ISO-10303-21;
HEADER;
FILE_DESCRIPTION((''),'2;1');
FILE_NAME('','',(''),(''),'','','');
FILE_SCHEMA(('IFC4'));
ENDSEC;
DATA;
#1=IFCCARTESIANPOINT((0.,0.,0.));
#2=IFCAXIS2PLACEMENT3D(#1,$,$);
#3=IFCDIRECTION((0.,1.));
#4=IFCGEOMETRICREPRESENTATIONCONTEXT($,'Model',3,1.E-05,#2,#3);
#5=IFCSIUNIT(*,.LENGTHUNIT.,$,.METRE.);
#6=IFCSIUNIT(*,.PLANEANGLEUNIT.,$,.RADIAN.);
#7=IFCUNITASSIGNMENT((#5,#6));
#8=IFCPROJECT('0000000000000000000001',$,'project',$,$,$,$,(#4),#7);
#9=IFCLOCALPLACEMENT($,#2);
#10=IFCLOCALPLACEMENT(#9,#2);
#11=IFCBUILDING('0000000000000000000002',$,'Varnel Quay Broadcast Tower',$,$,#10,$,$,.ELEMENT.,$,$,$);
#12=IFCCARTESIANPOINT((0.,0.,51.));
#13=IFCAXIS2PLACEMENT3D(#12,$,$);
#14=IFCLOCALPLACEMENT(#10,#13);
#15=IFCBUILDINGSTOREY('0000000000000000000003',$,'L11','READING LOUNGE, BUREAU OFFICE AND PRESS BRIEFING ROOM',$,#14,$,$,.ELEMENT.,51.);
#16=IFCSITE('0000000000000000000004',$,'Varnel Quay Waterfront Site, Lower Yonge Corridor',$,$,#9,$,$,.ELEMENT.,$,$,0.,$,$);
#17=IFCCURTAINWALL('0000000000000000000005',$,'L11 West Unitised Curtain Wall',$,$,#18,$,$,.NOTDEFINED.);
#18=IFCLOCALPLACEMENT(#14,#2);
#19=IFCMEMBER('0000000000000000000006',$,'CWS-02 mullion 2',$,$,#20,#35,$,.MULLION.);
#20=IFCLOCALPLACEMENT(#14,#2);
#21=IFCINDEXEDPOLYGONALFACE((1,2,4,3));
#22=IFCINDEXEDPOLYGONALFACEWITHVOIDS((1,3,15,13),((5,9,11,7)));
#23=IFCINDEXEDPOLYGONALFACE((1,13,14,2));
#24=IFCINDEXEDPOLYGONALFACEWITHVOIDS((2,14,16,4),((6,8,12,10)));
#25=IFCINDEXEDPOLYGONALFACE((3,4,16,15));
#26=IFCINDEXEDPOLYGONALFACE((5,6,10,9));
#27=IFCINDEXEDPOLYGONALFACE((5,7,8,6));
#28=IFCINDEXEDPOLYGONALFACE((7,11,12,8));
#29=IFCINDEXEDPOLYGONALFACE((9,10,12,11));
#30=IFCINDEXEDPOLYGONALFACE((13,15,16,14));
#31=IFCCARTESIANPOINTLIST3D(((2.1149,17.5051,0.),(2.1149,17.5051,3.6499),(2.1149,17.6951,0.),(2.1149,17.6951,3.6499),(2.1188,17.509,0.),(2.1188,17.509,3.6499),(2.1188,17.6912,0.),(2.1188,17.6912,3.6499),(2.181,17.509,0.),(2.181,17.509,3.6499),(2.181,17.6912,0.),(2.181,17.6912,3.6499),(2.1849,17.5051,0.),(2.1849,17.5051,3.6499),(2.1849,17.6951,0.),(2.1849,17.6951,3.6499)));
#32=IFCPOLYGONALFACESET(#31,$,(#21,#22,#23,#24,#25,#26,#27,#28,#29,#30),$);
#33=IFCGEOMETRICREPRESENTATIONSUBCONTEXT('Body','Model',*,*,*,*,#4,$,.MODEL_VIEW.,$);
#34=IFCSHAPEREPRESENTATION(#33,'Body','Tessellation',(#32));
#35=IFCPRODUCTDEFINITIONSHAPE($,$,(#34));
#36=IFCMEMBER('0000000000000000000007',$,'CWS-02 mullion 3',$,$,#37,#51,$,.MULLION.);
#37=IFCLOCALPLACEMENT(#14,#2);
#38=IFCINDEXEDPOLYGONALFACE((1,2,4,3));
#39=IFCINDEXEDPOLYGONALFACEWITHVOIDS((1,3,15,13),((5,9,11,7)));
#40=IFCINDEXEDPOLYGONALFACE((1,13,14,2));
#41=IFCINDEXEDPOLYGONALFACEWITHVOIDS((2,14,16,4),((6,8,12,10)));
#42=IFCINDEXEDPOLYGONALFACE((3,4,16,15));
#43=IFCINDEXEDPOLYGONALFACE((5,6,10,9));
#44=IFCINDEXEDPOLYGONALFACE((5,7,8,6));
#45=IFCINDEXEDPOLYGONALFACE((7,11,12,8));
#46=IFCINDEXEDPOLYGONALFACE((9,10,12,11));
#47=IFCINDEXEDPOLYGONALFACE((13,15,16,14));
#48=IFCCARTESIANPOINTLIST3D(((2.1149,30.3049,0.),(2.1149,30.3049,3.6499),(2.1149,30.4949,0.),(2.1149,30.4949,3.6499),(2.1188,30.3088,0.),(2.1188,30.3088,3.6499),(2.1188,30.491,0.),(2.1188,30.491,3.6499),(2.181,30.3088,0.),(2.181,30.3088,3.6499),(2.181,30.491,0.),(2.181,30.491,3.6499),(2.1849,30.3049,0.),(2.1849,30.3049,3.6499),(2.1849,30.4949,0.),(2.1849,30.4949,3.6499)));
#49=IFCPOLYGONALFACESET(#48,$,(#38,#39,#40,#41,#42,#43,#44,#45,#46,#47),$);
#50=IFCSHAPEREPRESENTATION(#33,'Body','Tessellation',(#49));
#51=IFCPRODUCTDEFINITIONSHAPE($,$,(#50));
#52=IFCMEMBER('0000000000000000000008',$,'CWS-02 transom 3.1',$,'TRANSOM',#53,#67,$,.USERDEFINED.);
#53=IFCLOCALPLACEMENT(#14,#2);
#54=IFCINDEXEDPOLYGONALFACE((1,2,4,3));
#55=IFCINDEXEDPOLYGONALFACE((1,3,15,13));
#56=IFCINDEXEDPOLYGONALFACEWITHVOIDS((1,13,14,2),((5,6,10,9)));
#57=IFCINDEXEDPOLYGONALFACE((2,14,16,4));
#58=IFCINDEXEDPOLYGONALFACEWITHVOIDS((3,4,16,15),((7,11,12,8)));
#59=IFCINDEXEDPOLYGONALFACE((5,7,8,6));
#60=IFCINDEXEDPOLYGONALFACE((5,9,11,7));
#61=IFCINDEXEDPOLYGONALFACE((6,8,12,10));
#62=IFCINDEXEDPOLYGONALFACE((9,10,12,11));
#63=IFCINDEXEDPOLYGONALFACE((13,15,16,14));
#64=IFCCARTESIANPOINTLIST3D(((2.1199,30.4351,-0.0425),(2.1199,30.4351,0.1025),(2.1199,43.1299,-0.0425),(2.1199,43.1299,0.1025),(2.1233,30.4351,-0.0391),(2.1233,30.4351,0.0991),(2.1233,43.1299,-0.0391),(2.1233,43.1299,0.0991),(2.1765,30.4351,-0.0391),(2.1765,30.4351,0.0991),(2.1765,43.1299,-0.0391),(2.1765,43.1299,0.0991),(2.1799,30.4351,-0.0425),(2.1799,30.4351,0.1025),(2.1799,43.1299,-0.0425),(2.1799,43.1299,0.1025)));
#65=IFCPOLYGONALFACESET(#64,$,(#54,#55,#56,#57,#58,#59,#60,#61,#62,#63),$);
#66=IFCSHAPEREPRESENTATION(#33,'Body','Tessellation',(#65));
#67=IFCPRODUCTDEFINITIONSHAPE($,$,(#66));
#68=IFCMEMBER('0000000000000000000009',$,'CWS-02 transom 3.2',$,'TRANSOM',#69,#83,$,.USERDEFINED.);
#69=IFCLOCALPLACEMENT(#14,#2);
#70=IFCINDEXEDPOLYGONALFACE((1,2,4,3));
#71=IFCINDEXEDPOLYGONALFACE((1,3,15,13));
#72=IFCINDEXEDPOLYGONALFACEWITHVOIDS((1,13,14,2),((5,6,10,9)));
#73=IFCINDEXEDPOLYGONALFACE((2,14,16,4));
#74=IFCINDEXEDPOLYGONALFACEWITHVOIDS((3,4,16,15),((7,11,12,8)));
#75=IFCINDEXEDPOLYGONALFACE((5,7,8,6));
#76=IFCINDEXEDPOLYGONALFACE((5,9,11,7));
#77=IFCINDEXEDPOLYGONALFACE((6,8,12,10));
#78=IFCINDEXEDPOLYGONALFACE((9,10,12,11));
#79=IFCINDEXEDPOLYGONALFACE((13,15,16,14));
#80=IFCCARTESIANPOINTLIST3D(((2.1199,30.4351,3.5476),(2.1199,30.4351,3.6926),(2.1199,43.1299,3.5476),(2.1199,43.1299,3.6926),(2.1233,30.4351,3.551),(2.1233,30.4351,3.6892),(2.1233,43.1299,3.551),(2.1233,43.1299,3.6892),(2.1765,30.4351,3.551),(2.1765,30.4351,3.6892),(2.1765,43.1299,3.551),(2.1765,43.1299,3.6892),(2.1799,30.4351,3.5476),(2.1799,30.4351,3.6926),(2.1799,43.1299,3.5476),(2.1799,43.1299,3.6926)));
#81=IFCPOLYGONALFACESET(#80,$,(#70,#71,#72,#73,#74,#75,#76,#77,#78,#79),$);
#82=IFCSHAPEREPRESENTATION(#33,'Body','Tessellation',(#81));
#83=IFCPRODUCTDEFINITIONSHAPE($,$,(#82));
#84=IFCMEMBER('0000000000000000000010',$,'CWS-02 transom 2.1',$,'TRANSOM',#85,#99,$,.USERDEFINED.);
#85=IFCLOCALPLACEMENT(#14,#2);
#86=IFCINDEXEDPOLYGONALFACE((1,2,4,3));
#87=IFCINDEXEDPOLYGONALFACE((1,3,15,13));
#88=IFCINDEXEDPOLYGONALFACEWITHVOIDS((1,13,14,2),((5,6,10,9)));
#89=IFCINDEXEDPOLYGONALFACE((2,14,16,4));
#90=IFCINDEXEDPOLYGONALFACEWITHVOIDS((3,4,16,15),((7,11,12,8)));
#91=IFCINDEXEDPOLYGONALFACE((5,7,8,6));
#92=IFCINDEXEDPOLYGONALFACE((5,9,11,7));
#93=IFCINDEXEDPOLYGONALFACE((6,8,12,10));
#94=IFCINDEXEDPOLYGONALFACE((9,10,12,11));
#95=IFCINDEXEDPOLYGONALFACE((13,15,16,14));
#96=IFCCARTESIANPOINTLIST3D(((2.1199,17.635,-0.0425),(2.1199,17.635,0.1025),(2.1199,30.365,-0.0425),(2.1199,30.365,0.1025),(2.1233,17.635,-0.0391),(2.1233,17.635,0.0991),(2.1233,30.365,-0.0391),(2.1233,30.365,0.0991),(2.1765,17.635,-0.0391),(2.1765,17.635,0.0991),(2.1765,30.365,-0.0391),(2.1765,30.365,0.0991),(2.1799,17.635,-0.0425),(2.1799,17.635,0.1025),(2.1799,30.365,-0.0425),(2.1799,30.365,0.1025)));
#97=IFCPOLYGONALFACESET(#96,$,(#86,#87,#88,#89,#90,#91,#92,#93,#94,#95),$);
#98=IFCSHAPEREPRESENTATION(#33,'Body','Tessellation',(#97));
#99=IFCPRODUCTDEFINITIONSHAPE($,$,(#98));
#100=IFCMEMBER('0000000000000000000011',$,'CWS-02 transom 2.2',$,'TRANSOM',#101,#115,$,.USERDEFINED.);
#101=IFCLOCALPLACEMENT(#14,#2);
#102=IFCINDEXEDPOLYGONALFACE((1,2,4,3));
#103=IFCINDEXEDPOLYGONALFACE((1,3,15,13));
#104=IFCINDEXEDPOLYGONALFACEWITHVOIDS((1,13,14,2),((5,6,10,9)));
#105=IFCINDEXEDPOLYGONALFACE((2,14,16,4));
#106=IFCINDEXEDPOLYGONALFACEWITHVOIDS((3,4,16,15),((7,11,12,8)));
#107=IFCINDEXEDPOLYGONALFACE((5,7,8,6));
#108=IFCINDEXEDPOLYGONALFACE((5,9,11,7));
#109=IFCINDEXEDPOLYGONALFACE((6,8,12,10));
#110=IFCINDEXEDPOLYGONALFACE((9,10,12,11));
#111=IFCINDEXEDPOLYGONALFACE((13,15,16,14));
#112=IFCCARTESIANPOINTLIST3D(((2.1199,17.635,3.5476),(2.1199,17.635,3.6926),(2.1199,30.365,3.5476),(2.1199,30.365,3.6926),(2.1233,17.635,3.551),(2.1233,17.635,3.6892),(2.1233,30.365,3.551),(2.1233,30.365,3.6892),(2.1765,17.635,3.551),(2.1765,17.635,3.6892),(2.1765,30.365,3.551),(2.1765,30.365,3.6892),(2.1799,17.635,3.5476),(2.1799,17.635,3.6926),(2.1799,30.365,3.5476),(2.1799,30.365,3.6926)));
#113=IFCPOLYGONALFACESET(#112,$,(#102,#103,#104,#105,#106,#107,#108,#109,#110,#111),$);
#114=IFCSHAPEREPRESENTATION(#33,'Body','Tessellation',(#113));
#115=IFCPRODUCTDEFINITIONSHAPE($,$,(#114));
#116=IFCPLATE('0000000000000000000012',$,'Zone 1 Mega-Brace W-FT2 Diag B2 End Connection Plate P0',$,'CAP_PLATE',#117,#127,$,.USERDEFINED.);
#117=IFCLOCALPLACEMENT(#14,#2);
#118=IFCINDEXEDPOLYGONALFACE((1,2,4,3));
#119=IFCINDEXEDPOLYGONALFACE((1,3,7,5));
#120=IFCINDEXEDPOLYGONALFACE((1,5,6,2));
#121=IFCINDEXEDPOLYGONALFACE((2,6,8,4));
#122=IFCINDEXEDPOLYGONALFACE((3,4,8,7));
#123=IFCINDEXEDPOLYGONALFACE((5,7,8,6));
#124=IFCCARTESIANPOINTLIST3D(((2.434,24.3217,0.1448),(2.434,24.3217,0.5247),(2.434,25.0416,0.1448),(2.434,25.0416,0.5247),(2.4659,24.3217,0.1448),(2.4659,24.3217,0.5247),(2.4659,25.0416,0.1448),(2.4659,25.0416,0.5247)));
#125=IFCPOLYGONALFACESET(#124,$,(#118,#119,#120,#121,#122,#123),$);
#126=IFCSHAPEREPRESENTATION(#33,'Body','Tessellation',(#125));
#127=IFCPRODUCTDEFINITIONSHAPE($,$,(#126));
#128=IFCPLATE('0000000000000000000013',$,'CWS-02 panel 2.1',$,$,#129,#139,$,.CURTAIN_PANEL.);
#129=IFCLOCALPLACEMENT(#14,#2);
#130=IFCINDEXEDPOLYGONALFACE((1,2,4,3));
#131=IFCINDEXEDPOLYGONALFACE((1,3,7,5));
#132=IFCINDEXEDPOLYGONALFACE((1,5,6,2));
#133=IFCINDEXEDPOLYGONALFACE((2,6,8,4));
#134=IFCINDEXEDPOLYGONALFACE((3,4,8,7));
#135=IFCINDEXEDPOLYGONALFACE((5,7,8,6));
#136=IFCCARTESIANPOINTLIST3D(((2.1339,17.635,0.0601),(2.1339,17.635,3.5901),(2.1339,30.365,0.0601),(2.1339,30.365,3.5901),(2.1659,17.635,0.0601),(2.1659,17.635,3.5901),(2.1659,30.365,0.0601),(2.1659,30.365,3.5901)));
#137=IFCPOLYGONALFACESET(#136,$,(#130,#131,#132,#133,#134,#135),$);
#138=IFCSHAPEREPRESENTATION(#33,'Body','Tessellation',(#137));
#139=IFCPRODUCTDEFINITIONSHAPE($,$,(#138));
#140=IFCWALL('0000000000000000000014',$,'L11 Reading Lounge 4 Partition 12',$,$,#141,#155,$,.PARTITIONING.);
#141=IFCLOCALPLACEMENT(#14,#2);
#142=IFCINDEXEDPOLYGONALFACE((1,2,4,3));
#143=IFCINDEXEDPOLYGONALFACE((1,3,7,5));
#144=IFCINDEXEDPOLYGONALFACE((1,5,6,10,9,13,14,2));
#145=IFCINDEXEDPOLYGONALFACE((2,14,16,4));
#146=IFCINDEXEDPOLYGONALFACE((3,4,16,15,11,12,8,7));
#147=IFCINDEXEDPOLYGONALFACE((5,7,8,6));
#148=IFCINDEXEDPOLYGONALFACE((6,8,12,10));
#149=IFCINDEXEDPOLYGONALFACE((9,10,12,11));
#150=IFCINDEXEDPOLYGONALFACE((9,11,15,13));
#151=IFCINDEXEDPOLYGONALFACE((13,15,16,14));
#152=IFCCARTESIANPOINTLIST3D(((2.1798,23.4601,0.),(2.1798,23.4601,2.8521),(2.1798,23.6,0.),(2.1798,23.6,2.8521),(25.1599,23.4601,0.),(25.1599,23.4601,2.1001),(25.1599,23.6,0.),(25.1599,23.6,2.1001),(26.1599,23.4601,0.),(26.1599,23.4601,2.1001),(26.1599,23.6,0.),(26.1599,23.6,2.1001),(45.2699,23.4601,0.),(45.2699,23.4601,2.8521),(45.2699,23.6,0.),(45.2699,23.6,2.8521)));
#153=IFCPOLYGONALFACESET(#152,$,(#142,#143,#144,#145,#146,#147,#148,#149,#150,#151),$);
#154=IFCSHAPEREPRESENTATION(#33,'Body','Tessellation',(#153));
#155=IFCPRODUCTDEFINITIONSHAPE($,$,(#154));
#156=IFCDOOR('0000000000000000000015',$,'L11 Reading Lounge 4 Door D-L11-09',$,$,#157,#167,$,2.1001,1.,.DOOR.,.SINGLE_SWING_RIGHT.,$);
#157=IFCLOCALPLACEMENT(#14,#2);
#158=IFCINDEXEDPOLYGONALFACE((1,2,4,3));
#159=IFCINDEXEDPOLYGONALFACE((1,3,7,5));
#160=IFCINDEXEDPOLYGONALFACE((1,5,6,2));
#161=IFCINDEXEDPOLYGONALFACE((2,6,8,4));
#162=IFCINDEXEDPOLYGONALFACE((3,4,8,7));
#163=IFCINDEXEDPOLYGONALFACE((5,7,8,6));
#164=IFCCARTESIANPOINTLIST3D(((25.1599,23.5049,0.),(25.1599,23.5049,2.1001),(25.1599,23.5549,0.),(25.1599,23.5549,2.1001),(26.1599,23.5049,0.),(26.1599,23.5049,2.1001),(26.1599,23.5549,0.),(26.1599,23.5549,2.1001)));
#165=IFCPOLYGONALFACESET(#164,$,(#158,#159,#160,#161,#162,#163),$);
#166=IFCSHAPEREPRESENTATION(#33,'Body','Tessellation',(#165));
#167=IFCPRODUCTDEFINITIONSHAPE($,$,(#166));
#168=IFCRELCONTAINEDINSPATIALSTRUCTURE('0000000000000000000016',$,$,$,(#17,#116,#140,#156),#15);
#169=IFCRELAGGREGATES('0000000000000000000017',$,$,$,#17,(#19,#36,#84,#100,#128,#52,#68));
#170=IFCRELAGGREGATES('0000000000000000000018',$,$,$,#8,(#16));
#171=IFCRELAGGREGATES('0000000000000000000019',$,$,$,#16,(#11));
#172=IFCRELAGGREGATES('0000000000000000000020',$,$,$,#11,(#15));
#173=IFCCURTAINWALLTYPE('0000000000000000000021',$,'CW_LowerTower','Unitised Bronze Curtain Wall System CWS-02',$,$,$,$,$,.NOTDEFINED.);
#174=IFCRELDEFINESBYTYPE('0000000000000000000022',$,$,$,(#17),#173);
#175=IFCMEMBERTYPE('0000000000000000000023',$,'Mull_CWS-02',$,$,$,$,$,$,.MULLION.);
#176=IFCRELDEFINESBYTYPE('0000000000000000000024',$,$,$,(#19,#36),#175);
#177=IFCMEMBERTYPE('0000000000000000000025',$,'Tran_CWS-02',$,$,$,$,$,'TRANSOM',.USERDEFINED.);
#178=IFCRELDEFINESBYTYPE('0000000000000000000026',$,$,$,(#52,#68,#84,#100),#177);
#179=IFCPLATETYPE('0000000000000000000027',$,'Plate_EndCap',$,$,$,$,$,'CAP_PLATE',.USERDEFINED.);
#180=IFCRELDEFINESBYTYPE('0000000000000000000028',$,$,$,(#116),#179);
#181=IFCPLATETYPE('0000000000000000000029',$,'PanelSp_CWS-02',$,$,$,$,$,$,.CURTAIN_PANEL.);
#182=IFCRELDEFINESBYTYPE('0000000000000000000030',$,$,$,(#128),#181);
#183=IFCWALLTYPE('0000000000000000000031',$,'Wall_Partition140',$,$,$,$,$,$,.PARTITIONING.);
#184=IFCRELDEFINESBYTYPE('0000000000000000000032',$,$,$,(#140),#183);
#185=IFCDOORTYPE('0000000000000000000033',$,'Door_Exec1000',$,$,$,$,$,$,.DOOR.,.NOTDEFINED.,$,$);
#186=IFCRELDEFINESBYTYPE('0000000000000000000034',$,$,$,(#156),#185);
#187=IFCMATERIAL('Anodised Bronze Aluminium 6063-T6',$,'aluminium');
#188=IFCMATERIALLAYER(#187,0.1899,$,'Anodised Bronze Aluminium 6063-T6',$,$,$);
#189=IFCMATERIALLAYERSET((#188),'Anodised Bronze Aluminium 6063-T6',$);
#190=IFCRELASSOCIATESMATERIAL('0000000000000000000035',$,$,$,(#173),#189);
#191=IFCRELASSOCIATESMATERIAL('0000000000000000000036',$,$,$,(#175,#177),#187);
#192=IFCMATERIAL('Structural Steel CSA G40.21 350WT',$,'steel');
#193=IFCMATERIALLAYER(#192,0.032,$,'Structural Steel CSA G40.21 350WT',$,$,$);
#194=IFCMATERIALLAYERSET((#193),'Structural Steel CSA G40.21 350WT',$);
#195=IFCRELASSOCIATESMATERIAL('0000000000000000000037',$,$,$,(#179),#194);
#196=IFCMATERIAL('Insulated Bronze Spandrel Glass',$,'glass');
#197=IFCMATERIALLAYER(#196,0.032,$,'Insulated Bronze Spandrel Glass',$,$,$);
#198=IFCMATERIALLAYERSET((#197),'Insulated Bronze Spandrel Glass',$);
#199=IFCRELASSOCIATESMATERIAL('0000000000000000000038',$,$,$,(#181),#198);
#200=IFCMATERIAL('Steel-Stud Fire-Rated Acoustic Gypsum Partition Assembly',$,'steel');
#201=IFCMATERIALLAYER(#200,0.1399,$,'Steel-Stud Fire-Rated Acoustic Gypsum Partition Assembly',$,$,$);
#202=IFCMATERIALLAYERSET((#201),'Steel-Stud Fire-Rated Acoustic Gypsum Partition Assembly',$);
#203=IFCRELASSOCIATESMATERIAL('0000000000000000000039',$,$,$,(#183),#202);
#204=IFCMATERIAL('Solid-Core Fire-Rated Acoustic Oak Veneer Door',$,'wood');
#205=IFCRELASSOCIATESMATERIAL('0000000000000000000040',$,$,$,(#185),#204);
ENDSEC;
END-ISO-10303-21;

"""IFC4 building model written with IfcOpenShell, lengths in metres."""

from ifc_helpers import new_model, si_unit, direction, frame, frame_2d, origin, origin_2d, place, context, subcontext, project, spatial, rectangle, hollow_rectangle, extrude, source, transform, mapped, material, layer, layer_set, material_profile, profile_set, type_object, type_shapes, element, fill, aggregate, save


model = new_model("IFC4")

# Units and contexts
model_context = context("Model", 3, precision=1e-05, world=origin(), true_north=direction((0.0, 1.0)))
body_context = subcontext(model_context, "Body", "Model", "MODEL_VIEW")
ifc_project = project(units=[si_unit("LENGTHUNIT", "METRE"), si_unit("PLANEANGLEUNIT", "RADIAN")], contexts=[model_context])

# Site, building, storey
site_placement = place(None, origin())
site = spatial("IfcSite", under=ifc_project, at=site_placement, Name="Varnel Quay Waterfront Site, Lower Yonge Corridor", CompositionType="ELEMENT", RefElevation=0.0)
building_placement = place(site_placement, origin())
building = spatial("IfcBuilding", under=site, at=building_placement, Name="Varnel Quay Broadcast Tower", CompositionType="ELEMENT")
storey_placement = place(building_placement, frame((0.0, 0.0, 51.0)))
storey = spatial("IfcBuildingStorey", under=building, at=storey_placement, Name="L11", Description="READING LOUNGE, BUREAU OFFICE AND PRESS BRIEFING ROOM", CompositionType="ELEMENT", Elevation=51.0)

# Curtain wall, members
ifc_material_1 = material(Name="Anodised Bronze Aluminium 6063-T6", Category="aluminium")
ifc_layer_1 = layer(ifc_material_1, 0.1899, Name="Anodised Bronze Aluminium 6063-T6")
ifc_layer_set_1 = layer_set([ifc_layer_1], Name="Anodised Bronze Aluminium 6063-T6")
curtain_wall_type = type_object("IfcCurtainWallType", Name="CW_LowerTower", Description="Unitised Bronze Curtain Wall System CWS-02", PredefinedType="NOTDEFINED", material=ifc_layer_set_1)
curtain_wall_placement = place(storey_placement, origin())
curtain_wall = element("IfcCurtainWall", 1, at=curtain_wall_placement, inside=storey, type_object=curtain_wall_type, Name="L11 West Unitised Curtain Wall", PredefinedType="NOTDEFINED")
ifc_material_profile_1 = material_profile(ifc_material_1, hollow_rectangle(XDim=0.0701, YDim=0.1899, WallThickness=0.0039, at=origin_2d()), Name="ALU70X190X4")
ifc_profile_set_1 = profile_set([ifc_material_profile_1], Name="Anodised Bronze Aluminium 6063-T6")
member_type_1 = type_object("IfcMemberType", Name="Mull_CWS-02", PredefinedType="MULLION", material=ifc_profile_set_1)
shared_shape_1 = source(origin(), body_context, "Body", "SweptSolid", [
    extrude(hollow_rectangle(XDim=0.0701, YDim=0.1899, WallThickness=0.0039, at=origin_2d()), origin(), (0.0, 0.0, 1.0), 3.6499),
])
type_shapes(member_type_1, [shared_shape_1])
member_1_placement = place(storey_placement, frame((2.1499, 17.6001, 0.0), z_axis=(0.0, 0.0, 1.0), x_axis=(-1.0, 0.0, 0.0)))
member_1 = element("IfcMember", 2, at=member_1_placement, type_object=member_type_1, Name="CWS-02 mullion 2", PredefinedType="MULLION", context=body_context, shape_type="MappedRepresentation", body=[
    mapped(shared_shape_1, transform((0.0, 0.0, 0.0), x_axis=(1.0, 0.0, 0.0), y_axis=(0.0, 1.0, 0.0), z_axis=(0.0, 0.0, 1.0), scale=1.0)),
])
member_2_placement = place(storey_placement, frame((2.1499, 30.3999, 0.0), z_axis=(0.0, 0.0, 1.0), x_axis=(-1.0, 0.0, 0.0)))
member_2 = element("IfcMember", 3, at=member_2_placement, type_object=member_type_1, Name="CWS-02 mullion 3", PredefinedType="MULLION", context=body_context, shape_type="MappedRepresentation", body=[
    mapped(shared_shape_1, transform((0.0, 0.0, 0.0), x_axis=(1.0, 0.0, 0.0), y_axis=(0.0, 1.0, 0.0), z_axis=(0.0, 0.0, 1.0), scale=1.0)),
])
ifc_material_profile_2 = material_profile(ifc_material_1, hollow_rectangle(XDim=0.0601, YDim=0.145, WallThickness=0.0034, at=origin_2d()), Name="ALU60X145X3.5")
ifc_profile_set_2 = profile_set([ifc_material_profile_2], Name="Anodised Bronze Aluminium 6063-T6")
member_type_2 = type_object("IfcMemberType", Name="Tran_CWS-02", ElementType="TRANSOM", PredefinedType="USERDEFINED", material=ifc_profile_set_2)
shared_shape_2 = source(origin(), body_context, "Body", "SweptSolid", [
    extrude(hollow_rectangle(XDim=0.0601, YDim=0.145, WallThickness=0.0034, at=origin_2d()), origin(), (0.0, 0.0, 1.0), 12.6948),
])
member_3_placement = place(storey_placement, frame((2.1499, 30.4351, 0.03), z_axis=(0.0, 1.0, 0.0), x_axis=(-1.0, 0.0, 0.0)))
member_3 = element("IfcMember", 4, at=member_3_placement, type_object=member_type_2, Name="CWS-02 transom 3.1", ObjectType="TRANSOM", PredefinedType="USERDEFINED", context=body_context, shape_type="MappedRepresentation", body=[
    mapped(shared_shape_2, transform((0.0, 0.0, 0.0), x_axis=(1.0, 0.0, 0.0), y_axis=(0.0, 1.0, 0.0), z_axis=(0.0, 0.0, 1.0), scale=1.0)),
])
member_4_placement = place(storey_placement, frame((2.1499, 30.4351, 3.6201), z_axis=(0.0, 1.0, 0.0), x_axis=(-1.0, 0.0, 0.0)))
member_4 = element("IfcMember", 5, at=member_4_placement, type_object=member_type_2, Name="CWS-02 transom 3.2", ObjectType="TRANSOM", PredefinedType="USERDEFINED", context=body_context, shape_type="MappedRepresentation", body=[
    mapped(shared_shape_2, transform((0.0, 0.0, 0.0), x_axis=(1.0, 0.0, 0.0), y_axis=(0.0, 1.0, 0.0), z_axis=(0.0, 0.0, 1.0), scale=1.0)),
])
shared_shape_3 = source(origin(), body_context, "Body", "SweptSolid", [
    extrude(hollow_rectangle(XDim=0.0601, YDim=0.145, WallThickness=0.0034, at=origin_2d()), origin(), (0.0, 0.0, 1.0), 12.73),
])
type_shapes(member_type_2, [shared_shape_2, shared_shape_3])
member_5_placement = place(storey_placement, frame((2.1499, 17.635, 0.03), z_axis=(0.0, 1.0, 0.0), x_axis=(-1.0, 0.0, 0.0)))
member_5 = element("IfcMember", 6, at=member_5_placement, type_object=member_type_2, Name="CWS-02 transom 2.1", ObjectType="TRANSOM", PredefinedType="USERDEFINED", context=body_context, shape_type="MappedRepresentation", body=[
    mapped(shared_shape_3, transform((0.0, 0.0, 0.0), x_axis=(1.0, 0.0, 0.0), y_axis=(0.0, 1.0, 0.0), z_axis=(0.0, 0.0, 1.0), scale=1.0)),
])
member_6_placement = place(storey_placement, frame((2.1499, 17.635, 3.6201), z_axis=(0.0, 1.0, 0.0), x_axis=(-1.0, 0.0, 0.0)))
member_6 = element("IfcMember", 7, at=member_6_placement, type_object=member_type_2, Name="CWS-02 transom 2.2", ObjectType="TRANSOM", PredefinedType="USERDEFINED", context=body_context, shape_type="MappedRepresentation", body=[
    mapped(shared_shape_3, transform((0.0, 0.0, 0.0), x_axis=(1.0, 0.0, 0.0), y_axis=(0.0, 1.0, 0.0), z_axis=(0.0, 0.0, 1.0), scale=1.0)),
])

# Plates
ifc_material_2 = material(Name="Structural Steel CSA G40.21 350WT", Category="steel")
ifc_layer_2 = layer(ifc_material_2, 0.032, Name="Structural Steel CSA G40.21 350WT")
ifc_layer_set_2 = layer_set([ifc_layer_2], Name="Structural Steel CSA G40.21 350WT")
plate_type_1 = type_object("IfcPlateType", Name="Plate_EndCap", ElementType="CAP_PLATE", PredefinedType="USERDEFINED", material=ifc_layer_set_2)
shared_shape_4 = source(origin(), body_context, "Body", "SweptSolid", [
    extrude(rectangle(XDim=0.72, YDim=0.032, at=origin_2d()), origin(), (0.0, 0.0, 1.0), 0.3799),
])
type_shapes(plate_type_1, [shared_shape_4])
plate_1_placement = place(storey_placement, frame((2.45, 24.6816, 0.1448), z_axis=(0.0, 0.0, 1.0), x_axis=(0.0, 1.0, 0.0)))
element("IfcPlate", 8, at=plate_1_placement, inside=storey, type_object=plate_type_1, Name="Zone 1 Mega-Brace W-FT2 Diag B2 End Connection Plate P0", ObjectType="CAP_PLATE", PredefinedType="USERDEFINED", context=body_context, shape_type="MappedRepresentation", body=[
    mapped(shared_shape_4, transform((0.0, 0.0, 0.0), x_axis=(1.0, 0.0, 0.0), y_axis=(0.0, 1.0, 0.0), z_axis=(0.0, 0.0, 1.0), scale=1.0)),
])
ifc_material_3 = material(Name="Insulated Bronze Spandrel Glass", Category="glass")
ifc_layer_3 = layer(ifc_material_3, 0.032, Name="Insulated Bronze Spandrel Glass")
ifc_layer_set_3 = layer_set([ifc_layer_3], Name="Insulated Bronze Spandrel Glass")
plate_type_2 = type_object("IfcPlateType", Name="PanelSp_CWS-02", PredefinedType="CURTAIN_PANEL", material=ifc_layer_set_3)
shared_shape_5 = source(origin(), body_context, "Body", "SweptSolid", [
    extrude(rectangle(XDim=12.73, YDim=0.032, at=origin_2d()), origin(), (0.0, 0.0, 1.0), 3.53),
])
type_shapes(plate_type_2, [shared_shape_5])
plate_2_placement = place(storey_placement, frame((2.1499, 24.0, 0.0601), z_axis=(0.0, 0.0, 1.0), x_axis=(0.0, 1.0, 0.0)))
plate_2 = element("IfcPlate", 9, at=plate_2_placement, type_object=plate_type_2, Name="CWS-02 panel 2.1", PredefinedType="CURTAIN_PANEL", context=body_context, shape_type="MappedRepresentation", body=[
    mapped(shared_shape_5, transform((0.0, 0.0, 0.0), x_axis=(1.0, 0.0, 0.0), y_axis=(0.0, 1.0, 0.0), z_axis=(0.0, 0.0, 1.0), scale=1.0)),
])
aggregate(curtain_wall, [member_1, member_2, member_5, member_6, plate_2, member_3, member_4])

# Wall, opening, door
ifc_material_4 = material(Name="Steel-Stud Fire-Rated Acoustic Gypsum Partition Assembly", Category="steel")
ifc_layer_4 = layer(ifc_material_4, 0.1399, Name="Steel-Stud Fire-Rated Acoustic Gypsum Partition Assembly")
ifc_layer_set_4 = layer_set([ifc_layer_4], Name="Steel-Stud Fire-Rated Acoustic Gypsum Partition Assembly")
wall_type_1 = type_object("IfcWallType", Name="Wall_Partition140", PredefinedType="PARTITIONING", material=ifc_layer_set_4)
wall_1_placement = place(storey_placement, frame((2.1799, 23.53, 0.0), z_axis=(0.0, 0.0, 1.0), x_axis=(1.0, 0.0, 0.0)))
wall_1 = element("IfcWall", 10, at=wall_1_placement, inside=storey, type_object=wall_type_1, Name="L11 Reading Lounge 4 Partition 12", PredefinedType="PARTITIONING", context=body_context, shape_type="SweptSolid", body=[
    extrude(rectangle(XDim=43.0901, YDim=0.1399, at=frame_2d((21.5449, 0.0))), origin(), (0.0, 0.0, 1.0), 2.8521),
])
opening_1_placement = place(wall_1_placement, frame((22.98, 0.0, 0.0)))
opening_1 = element("IfcOpeningElement", 11, at=opening_1_placement, cuts=wall_1, PredefinedType="OPENING", context=body_context, shape_type="SweptSolid", body=[
    extrude(rectangle(XDim=1.0, YDim=2.1001, at=frame_2d((0.5, 1.05))), frame((0.0, 0.0801, 0.0), z_axis=(0.0, -1.0, 0.0), x_axis=(1.0, 0.0, 0.0)), (0.0, 0.0, 1.0), 0.1599),
])
ifc_material_5 = material(Name="Solid-Core Fire-Rated Acoustic Oak Veneer Door", Category="wood")
door_type_1 = type_object("IfcDoorType", Name="Door_Exec1000", OperationType="NOTDEFINED", PredefinedType="DOOR", material=ifc_material_5)
shared_shape_6 = source(origin(), body_context, "Body", "SweptSolid", [
    extrude(rectangle(XDim=1.0, YDim=2.1001, at=frame_2d((0.5, 1.05))), frame((0.0, 0.0249, 0.0), z_axis=(0.0, -1.0, 0.0), x_axis=(1.0, 0.0, 0.0)), (0.0, 0.0, 1.0), 0.05),
])
type_shapes(door_type_1, [shared_shape_6])
door_1_placement = place(opening_1_placement, origin())
door_1 = element("IfcDoor", 12, at=door_1_placement, inside=storey, type_object=door_type_1, Name="L11 Reading Lounge 4 Door D-L11-09", OperationType="SINGLE_SWING_RIGHT", OverallHeight=2.1001, OverallWidth=1.0, PredefinedType="DOOR", context=body_context, shape_type="MappedRepresentation", body=[
    mapped(shared_shape_6, transform((0.0, 0.0, 0.0), x_axis=(1.0, 0.0, 0.0), y_axis=(0.0, 1.0, 0.0), z_axis=(0.0, 0.0, 1.0), scale=1.0)),
])
fill(opening_1, door_1)

save(model, "model.ifc")
